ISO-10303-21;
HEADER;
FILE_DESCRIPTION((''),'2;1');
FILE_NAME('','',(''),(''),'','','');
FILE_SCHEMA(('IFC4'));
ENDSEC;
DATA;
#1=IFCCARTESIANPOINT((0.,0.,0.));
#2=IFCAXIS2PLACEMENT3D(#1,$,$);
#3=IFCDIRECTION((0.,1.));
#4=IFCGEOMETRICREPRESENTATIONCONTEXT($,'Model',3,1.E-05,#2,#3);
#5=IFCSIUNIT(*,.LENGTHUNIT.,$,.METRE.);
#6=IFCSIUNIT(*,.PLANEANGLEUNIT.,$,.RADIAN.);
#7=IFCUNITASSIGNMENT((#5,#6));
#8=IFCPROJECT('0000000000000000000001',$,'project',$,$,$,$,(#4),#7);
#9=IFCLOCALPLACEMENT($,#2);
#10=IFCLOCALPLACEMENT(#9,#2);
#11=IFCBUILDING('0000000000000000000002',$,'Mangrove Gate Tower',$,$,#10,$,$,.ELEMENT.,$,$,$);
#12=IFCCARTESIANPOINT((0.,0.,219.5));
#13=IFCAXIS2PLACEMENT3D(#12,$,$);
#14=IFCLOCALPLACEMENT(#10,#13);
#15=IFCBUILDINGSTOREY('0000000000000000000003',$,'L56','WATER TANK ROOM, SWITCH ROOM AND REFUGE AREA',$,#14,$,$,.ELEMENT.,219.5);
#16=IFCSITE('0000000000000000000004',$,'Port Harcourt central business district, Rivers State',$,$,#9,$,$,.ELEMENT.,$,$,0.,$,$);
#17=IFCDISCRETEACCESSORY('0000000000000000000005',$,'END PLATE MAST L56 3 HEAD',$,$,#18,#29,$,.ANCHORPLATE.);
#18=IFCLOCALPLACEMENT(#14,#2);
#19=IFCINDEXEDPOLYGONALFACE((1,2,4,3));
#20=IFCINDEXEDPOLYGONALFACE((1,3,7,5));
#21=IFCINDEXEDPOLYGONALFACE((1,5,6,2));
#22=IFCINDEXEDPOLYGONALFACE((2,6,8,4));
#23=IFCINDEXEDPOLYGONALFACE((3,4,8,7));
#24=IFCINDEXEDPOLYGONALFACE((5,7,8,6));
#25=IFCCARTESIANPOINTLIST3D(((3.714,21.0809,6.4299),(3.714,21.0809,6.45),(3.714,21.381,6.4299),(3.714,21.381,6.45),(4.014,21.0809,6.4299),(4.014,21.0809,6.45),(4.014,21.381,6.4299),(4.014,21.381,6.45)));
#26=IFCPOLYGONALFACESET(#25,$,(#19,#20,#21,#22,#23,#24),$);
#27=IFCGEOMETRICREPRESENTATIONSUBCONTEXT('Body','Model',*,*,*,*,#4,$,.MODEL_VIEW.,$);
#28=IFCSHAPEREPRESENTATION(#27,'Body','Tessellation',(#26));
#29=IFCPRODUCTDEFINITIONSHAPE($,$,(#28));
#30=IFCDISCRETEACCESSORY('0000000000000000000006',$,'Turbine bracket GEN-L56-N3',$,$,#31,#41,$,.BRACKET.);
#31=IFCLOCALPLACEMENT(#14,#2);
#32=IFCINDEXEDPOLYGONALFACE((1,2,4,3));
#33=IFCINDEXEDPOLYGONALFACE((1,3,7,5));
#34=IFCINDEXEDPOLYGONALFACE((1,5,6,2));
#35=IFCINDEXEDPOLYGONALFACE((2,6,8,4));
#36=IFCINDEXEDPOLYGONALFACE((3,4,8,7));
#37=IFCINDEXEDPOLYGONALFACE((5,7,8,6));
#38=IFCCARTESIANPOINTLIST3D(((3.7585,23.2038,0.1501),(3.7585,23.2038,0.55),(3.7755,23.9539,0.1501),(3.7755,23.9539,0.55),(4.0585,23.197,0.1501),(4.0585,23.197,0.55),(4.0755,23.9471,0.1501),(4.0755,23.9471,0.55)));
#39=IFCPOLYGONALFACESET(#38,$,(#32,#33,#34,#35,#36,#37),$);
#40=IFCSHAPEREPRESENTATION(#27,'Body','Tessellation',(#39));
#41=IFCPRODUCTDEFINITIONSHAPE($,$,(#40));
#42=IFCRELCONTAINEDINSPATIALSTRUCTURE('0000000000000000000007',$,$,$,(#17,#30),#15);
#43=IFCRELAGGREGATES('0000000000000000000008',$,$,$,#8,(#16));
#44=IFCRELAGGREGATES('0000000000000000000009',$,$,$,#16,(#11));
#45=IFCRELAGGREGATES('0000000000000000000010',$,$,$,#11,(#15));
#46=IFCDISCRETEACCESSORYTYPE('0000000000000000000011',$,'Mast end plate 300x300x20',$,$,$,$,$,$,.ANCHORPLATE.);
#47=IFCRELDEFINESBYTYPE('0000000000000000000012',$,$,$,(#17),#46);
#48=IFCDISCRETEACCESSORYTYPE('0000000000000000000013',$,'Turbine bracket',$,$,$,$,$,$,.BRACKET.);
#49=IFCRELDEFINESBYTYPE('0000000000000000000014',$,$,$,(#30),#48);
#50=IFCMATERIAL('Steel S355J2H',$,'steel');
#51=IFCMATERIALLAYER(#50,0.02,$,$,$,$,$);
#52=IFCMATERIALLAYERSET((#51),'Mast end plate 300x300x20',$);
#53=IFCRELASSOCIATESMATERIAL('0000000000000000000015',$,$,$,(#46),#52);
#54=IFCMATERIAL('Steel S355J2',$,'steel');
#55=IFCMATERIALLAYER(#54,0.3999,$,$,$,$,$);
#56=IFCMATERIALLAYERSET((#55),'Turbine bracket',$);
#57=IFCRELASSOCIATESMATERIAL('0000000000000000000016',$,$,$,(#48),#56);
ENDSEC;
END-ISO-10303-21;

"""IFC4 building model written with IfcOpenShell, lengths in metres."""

from ifc_helpers import new_model, si_unit, direction, frame, origin, origin_2d, place, context, subcontext, project, spatial, rectangle, extrude, material, layer, layer_set, type_object, element, save


model = new_model("IFC4")

# Units and contexts
model_context = context("Model", 3, precision=1e-05, world=origin(), true_north=direction((0.0, 1.0)))
body_context = subcontext(model_context, "Body", "Model", "MODEL_VIEW")
ifc_project = project(units=[si_unit("LENGTHUNIT", "METRE"), si_unit("PLANEANGLEUNIT", "RADIAN")], contexts=[model_context])

# Site, building, storey
site_placement = place(None, origin())
site = spatial("IfcSite", under=ifc_project, at=site_placement, Name="Port Harcourt central business district, Rivers State", CompositionType="ELEMENT", RefElevation=0.0)
building_placement = place(site_placement, origin())
building = spatial("IfcBuilding", under=site, at=building_placement, Name="Mangrove Gate Tower", CompositionType="ELEMENT")
storey_placement = place(building_placement, frame((0.0, 0.0, 219.5)))
storey = spatial("IfcBuildingStorey", under=building, at=storey_placement, Name="L56", Description="WATER TANK ROOM, SWITCH ROOM AND REFUGE AREA", CompositionType="ELEMENT", Elevation=219.5)

# Discrete accessories
ifc_material_1 = material(Name="Steel S355J2H", Category="steel")
ifc_layer_1 = layer(ifc_material_1, 0.02)
ifc_layer_set_1 = layer_set([ifc_layer_1], Name="Mast end plate 300x300x20")
discrete_accessory_type_1 = type_object("IfcDiscreteAccessoryType", Name="Mast end plate 300x300x20", PredefinedType="ANCHORPLATE", material=ifc_layer_set_1)
for number, where, z_axis, x_axis, name in (
    (1, (3.864, 21.231, 6.4299), (0.0, 0.0, 1.0), (1.0, 0.0, 0.0), "END PLATE MAST L56 3 HEAD"),
):
    element("IfcDiscreteAccessory", number, at=place(storey_placement, frame(where, z_axis=z_axis, x_axis=x_axis)), inside=storey, type_object=discrete_accessory_type_1, Name=name, PredefinedType="ANCHORPLATE", context=body_context, shape_type="SweptSolid", body=[
        extrude(rectangle(XDim=0.3, YDim=0.3, at=origin_2d()), origin(), (0.0, 0.0, 1.0), 0.02),
    ])
ifc_material_2 = material(Name="Steel S355J2", Category="steel")
ifc_layer_2 = layer(ifc_material_2, 0.3999)
ifc_layer_set_2 = layer_set([ifc_layer_2], Name="Turbine bracket")
discrete_accessory_type_2 = type_object("IfcDiscreteAccessoryType", Name="Turbine bracket", PredefinedType="BRACKET", material=ifc_layer_set_2)
discrete_accessory_placement = place(storey_placement, frame((3.917, 23.5754, 0.1501), z_axis=(0.0, 0.0, 1.0), x_axis=(-0.0226, -0.999745, 0.0)))
element("IfcDiscreteAccessory", 2, at=discrete_accessory_placement, inside=storey, type_object=discrete_accessory_type_2, Name="Turbine bracket GEN-L56-N3", PredefinedType="BRACKET", context=body_context, shape_type="SweptSolid", body=[
    extrude(rectangle(XDim=0.7502, YDim=0.3, at=origin_2d()), origin(), (0.0, 0.0, 1.0), 0.3999),
])

save(model, "model.ifc")
